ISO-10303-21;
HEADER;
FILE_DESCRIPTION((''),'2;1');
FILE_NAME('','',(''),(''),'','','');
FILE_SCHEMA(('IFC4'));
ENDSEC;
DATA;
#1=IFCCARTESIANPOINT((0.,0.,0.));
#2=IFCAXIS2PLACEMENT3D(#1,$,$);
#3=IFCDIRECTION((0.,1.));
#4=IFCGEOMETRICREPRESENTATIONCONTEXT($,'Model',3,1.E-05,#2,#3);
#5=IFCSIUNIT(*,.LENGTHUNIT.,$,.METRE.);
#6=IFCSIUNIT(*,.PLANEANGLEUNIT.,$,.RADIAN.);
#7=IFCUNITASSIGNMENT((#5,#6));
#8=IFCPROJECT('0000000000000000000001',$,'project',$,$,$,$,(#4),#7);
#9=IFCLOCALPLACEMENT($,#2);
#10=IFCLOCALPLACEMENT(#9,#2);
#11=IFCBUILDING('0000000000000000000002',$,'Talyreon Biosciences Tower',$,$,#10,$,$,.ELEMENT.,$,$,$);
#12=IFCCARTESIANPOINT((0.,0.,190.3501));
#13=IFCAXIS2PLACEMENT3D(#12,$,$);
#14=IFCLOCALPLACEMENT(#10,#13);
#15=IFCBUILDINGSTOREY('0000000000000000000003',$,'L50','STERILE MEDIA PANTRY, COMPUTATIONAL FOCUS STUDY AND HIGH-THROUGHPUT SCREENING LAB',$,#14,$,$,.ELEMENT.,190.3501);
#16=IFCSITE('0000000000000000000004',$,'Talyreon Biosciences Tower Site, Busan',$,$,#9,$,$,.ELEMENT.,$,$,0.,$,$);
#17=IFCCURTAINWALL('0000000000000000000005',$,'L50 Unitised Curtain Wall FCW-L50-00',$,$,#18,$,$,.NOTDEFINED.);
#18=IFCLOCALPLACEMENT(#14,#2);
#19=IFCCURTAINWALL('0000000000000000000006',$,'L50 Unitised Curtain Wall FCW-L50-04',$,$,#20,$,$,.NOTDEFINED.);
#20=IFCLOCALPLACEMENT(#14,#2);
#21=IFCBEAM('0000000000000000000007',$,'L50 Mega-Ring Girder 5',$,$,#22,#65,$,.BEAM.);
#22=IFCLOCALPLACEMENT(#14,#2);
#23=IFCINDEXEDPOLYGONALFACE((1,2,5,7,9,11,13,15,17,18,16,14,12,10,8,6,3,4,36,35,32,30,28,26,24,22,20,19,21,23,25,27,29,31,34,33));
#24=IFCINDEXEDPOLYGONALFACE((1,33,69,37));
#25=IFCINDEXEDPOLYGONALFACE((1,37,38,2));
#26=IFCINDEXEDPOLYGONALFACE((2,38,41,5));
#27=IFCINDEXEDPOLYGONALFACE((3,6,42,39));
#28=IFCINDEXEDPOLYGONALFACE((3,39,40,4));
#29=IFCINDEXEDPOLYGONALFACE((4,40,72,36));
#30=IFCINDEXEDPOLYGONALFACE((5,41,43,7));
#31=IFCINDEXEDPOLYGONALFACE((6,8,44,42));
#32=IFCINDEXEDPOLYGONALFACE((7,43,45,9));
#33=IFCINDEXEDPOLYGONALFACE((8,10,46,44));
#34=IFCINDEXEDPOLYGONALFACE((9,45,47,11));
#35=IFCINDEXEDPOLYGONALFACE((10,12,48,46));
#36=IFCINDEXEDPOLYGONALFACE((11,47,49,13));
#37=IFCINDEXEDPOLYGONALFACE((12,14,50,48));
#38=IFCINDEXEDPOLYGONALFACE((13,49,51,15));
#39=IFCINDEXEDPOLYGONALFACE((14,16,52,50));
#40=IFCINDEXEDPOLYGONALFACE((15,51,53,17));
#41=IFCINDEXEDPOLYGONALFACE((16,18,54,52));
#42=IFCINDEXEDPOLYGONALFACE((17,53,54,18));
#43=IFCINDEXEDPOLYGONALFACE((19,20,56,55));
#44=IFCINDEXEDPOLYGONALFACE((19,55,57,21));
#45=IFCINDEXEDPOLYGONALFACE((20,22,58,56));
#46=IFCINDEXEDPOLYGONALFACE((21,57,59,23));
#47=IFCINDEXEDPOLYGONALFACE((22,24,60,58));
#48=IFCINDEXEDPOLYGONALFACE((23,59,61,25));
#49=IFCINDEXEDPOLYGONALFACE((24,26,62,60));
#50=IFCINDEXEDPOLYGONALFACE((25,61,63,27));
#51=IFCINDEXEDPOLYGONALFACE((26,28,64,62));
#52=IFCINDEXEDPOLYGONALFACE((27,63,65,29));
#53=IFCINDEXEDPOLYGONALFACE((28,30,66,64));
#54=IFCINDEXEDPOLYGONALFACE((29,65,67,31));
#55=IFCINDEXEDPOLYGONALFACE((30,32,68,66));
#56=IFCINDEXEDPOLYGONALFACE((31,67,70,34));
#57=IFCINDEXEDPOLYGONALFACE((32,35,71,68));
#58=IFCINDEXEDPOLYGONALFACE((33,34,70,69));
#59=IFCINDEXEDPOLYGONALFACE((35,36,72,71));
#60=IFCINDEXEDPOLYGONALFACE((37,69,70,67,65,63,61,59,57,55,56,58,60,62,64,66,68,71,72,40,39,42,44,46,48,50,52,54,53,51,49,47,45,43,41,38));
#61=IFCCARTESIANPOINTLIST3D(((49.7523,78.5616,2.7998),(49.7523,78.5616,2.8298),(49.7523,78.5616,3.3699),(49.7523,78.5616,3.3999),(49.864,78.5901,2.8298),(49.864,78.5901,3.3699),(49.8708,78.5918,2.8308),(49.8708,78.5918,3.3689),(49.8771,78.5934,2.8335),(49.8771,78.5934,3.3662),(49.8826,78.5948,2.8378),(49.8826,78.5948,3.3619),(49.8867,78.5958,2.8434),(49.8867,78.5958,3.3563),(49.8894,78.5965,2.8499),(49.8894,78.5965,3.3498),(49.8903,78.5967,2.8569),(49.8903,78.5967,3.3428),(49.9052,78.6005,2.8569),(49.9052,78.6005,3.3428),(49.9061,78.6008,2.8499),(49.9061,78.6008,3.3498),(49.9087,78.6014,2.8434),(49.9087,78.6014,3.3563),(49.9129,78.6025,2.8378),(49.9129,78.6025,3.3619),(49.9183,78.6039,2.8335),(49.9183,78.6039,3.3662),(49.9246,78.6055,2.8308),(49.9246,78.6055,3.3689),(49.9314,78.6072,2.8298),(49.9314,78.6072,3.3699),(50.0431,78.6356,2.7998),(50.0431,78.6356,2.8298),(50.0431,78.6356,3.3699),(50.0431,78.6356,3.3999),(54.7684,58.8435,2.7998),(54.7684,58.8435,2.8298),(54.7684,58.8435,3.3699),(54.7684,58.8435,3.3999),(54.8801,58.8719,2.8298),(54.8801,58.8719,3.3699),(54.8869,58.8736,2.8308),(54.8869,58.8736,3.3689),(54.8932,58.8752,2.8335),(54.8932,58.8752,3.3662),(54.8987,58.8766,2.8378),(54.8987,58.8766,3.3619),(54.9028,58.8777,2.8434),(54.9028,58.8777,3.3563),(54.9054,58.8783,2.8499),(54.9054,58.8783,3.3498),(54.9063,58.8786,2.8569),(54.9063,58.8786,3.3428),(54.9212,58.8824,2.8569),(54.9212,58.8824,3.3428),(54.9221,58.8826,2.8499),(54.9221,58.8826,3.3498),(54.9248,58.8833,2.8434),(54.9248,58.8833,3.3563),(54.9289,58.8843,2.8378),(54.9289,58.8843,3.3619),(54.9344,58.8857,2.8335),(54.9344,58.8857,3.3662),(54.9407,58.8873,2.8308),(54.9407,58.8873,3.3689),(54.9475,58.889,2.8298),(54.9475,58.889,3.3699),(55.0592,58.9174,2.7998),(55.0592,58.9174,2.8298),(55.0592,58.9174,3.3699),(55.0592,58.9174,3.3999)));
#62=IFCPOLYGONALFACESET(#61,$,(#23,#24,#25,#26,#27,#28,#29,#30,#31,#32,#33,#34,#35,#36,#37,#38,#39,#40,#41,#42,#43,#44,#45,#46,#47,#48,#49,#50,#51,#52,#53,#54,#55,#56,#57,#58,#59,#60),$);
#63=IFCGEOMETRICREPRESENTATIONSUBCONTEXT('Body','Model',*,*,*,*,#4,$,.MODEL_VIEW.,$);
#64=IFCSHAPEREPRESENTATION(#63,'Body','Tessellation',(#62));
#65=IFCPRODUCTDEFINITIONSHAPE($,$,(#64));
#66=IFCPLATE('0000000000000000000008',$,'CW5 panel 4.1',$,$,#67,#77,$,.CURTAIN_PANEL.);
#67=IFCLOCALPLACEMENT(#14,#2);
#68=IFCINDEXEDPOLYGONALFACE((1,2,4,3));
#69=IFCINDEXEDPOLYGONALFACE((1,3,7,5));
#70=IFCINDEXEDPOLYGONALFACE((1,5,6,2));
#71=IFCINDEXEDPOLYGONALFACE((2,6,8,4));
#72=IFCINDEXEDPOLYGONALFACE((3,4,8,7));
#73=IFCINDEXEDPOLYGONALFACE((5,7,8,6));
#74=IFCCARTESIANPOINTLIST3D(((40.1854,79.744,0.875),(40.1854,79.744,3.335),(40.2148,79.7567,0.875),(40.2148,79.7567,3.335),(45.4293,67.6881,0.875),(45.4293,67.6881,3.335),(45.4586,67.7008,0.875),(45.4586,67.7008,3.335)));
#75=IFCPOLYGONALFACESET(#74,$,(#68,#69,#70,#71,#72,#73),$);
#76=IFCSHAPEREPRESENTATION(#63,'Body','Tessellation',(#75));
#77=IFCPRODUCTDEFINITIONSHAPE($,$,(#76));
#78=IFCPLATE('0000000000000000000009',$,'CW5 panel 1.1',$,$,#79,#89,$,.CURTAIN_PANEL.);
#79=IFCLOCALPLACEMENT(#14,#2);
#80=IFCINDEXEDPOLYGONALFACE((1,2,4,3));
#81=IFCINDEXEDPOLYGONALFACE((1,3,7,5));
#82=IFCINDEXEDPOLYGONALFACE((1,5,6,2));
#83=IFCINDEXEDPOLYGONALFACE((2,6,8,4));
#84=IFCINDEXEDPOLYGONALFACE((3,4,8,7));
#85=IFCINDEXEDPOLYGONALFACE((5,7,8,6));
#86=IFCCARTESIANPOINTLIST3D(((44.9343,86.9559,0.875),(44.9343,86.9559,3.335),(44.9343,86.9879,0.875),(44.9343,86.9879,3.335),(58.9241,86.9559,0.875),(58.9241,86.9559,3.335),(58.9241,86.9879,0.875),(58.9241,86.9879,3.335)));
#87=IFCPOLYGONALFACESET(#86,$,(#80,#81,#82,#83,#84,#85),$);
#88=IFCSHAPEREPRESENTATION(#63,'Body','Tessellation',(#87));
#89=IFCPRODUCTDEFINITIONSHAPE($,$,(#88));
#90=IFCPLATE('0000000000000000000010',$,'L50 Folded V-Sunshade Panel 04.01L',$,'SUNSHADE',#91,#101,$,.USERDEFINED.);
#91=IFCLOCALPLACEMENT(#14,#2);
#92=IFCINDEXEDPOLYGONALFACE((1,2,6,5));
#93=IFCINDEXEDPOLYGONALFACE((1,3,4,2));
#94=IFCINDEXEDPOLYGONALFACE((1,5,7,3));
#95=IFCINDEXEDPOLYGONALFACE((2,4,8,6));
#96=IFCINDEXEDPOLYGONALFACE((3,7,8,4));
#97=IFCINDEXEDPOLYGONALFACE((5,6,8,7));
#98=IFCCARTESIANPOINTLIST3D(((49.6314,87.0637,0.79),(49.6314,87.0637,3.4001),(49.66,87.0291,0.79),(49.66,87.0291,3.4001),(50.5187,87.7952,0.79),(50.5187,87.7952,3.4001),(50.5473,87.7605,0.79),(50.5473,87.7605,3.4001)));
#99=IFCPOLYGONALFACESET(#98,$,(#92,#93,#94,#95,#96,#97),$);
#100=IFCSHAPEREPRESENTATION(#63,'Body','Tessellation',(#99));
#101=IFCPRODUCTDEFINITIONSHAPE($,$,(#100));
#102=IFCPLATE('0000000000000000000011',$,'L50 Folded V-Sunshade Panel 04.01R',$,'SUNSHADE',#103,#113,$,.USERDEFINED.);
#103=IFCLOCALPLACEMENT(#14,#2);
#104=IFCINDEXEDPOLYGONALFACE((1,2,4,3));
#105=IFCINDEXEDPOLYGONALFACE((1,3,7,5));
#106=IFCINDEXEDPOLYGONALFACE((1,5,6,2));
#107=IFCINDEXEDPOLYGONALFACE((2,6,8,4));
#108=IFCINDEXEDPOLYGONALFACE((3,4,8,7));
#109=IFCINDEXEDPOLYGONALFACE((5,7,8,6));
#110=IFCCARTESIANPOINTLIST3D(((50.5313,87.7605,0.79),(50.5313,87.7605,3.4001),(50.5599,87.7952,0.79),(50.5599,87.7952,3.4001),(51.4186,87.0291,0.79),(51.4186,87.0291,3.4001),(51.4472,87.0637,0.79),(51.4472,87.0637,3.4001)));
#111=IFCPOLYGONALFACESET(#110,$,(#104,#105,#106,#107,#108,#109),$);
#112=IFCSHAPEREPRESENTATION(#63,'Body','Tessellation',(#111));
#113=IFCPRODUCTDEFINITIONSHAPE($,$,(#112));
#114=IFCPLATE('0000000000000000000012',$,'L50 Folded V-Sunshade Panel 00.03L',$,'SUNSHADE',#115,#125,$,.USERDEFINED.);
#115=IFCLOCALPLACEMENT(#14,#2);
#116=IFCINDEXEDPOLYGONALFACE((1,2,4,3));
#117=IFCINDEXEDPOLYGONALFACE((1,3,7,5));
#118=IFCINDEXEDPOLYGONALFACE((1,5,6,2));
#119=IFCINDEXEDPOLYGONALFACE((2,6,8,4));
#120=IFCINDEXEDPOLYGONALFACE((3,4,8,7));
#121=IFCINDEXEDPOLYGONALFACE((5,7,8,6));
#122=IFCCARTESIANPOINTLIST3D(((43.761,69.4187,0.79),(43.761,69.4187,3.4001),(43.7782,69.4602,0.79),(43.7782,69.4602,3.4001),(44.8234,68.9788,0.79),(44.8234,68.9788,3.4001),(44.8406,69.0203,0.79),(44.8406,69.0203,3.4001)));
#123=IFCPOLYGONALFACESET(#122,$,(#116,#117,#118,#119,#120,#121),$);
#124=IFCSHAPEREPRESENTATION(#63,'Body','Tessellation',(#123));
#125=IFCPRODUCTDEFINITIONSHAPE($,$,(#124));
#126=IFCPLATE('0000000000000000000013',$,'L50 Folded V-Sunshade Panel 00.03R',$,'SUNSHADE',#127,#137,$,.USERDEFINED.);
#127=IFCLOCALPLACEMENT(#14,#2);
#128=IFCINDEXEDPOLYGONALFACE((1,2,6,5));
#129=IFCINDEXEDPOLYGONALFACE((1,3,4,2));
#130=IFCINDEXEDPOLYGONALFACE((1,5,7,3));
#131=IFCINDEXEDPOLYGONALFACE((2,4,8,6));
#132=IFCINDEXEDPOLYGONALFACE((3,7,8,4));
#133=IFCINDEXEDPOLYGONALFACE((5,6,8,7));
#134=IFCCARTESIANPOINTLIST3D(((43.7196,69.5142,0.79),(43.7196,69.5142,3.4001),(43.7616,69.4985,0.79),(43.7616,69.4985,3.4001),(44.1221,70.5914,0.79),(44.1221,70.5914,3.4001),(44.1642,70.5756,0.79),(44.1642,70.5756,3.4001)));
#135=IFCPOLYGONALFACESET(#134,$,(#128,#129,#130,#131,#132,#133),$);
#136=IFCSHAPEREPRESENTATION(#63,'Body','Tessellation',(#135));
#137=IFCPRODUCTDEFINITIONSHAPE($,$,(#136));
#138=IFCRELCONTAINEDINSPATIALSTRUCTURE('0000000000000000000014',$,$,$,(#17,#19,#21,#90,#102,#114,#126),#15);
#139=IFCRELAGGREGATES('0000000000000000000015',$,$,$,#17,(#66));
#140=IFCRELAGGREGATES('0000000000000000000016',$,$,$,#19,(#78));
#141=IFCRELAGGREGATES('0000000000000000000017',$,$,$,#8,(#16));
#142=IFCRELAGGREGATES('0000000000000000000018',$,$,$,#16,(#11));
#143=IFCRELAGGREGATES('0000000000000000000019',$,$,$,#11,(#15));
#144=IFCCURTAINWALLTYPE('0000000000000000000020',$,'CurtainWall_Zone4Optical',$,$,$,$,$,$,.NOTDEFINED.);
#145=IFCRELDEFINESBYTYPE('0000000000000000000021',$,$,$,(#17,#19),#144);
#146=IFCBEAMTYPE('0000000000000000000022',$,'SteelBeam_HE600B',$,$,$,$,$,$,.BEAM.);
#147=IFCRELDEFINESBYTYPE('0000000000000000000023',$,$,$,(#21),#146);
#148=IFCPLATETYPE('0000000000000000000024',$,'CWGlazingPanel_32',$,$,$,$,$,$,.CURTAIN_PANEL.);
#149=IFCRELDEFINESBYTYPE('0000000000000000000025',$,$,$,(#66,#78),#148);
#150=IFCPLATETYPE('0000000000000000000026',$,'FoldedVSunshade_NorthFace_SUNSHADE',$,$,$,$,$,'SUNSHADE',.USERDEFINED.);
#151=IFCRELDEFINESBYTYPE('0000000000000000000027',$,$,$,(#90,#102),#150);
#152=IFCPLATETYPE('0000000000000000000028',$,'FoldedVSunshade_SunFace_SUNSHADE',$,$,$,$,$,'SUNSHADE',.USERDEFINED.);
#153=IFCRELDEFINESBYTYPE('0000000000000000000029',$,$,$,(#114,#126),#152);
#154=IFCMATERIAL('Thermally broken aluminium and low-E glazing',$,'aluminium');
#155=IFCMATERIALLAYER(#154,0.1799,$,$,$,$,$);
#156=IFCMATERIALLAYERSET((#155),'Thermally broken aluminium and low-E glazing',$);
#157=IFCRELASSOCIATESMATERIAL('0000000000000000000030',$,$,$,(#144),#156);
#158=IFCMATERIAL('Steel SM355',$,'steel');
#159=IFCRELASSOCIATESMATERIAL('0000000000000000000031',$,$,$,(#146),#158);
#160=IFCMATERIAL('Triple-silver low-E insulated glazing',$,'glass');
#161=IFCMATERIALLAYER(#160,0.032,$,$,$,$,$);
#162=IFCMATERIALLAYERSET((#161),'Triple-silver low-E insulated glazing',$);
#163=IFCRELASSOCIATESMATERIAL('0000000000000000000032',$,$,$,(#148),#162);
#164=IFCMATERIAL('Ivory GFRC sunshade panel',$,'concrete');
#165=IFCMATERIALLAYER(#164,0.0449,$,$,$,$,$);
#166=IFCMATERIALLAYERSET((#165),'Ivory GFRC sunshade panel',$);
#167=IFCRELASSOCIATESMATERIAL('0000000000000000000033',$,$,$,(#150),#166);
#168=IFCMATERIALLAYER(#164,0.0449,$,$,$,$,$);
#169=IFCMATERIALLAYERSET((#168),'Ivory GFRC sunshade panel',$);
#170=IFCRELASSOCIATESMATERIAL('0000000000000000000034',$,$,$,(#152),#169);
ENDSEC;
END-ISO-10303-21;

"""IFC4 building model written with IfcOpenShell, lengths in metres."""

from ifc_helpers import new_model, si_unit, direction, frame, origin, origin_2d, place, context, subcontext, project, spatial, rectangle, i_section, extrude, material, layer, layer_set, material_profile, profile_set, type_object, element, aggregate, save


model = new_model("IFC4")

# Units and contexts
model_context = context("Model", 3, precision=1e-05, world=origin(), true_north=direction((0.0, 1.0)))
body_context = subcontext(model_context, "Body", "Model", "MODEL_VIEW")
ifc_project = project(units=[si_unit("LENGTHUNIT", "METRE"), si_unit("PLANEANGLEUNIT", "RADIAN")], contexts=[model_context])

# Site, building, storey
site_placement = place(None, origin())
site = spatial("IfcSite", under=ifc_project, at=site_placement, Name="Talyreon Biosciences Tower Site, Busan", CompositionType="ELEMENT", RefElevation=0.0)
building_placement = place(site_placement, origin())
building = spatial("IfcBuilding", under=site, at=building_placement, Name="Talyreon Biosciences Tower", CompositionType="ELEMENT")
storey_placement = place(building_placement, frame((0.0, 0.0, 190.3501)))
storey = spatial("IfcBuildingStorey", under=building, at=storey_placement, Name="L50", Description="STERILE MEDIA PANTRY, COMPUTATIONAL FOCUS STUDY AND HIGH-THROUGHPUT SCREENING LAB", CompositionType="ELEMENT", Elevation=190.3501)

# Curtain wall
ifc_material_1 = material(Name="Thermally broken aluminium and low-E glazing", Category="aluminium")
ifc_layer_1 = layer(ifc_material_1, 0.1799)
ifc_layer_set_1 = layer_set([ifc_layer_1], Name="Thermally broken aluminium and low-E glazing")
curtain_wall_type = type_object("IfcCurtainWallType", Name="CurtainWall_Zone4Optical", PredefinedType="NOTDEFINED", material=ifc_layer_set_1)
curtain_wall_1_placement = place(storey_placement, origin())
curtain_wall_1 = element("IfcCurtainWall", 1, at=curtain_wall_1_placement, inside=storey, type_object=curtain_wall_type, Name="L50 Unitised Curtain Wall FCW-L50-00", PredefinedType="NOTDEFINED")

# Curtain wall
curtain_wall_2_placement = place(storey_placement, origin())
curtain_wall_2 = element("IfcCurtainWall", 2, at=curtain_wall_2_placement, inside=storey, type_object=curtain_wall_type, Name="L50 Unitised Curtain Wall FCW-L50-04", PredefinedType="NOTDEFINED")

# Beam
ifc_material_2 = material(Name="Steel SM355", Category="steel")
ifc_material_profile_1 = material_profile(ifc_material_2, i_section(OverallWidth=0.3, OverallDepth=0.6001, WebThickness=0.0154, FlangeThickness=0.03, FilletRadius=0.0271, at=origin_2d()), Name="HE600B")
ifc_profile_set_1 = profile_set([ifc_material_profile_1], Name="Steel SM355")
beam_type_1 = type_object("IfcBeamType", Name="SteelBeam_HE600B", PredefinedType="BEAM", material=ifc_profile_set_1)
beam_1_placement = place(storey_placement, frame((49.8977, 78.5986, 3.0999), z_axis=(0.246537, -0.969133, 0.0), x_axis=(0.969133, 0.246537, 0.0)))
element("IfcBeam", 3, at=beam_1_placement, inside=storey, type_object=beam_type_1, Name="L50 Mega-Ring Girder 5", PredefinedType="BEAM", context=body_context, shape_type="SweptSolid", body=[
    extrude(i_section(OverallWidth=0.3, OverallDepth=0.6001, WebThickness=0.0154, FlangeThickness=0.03, FilletRadius=0.0271, at=origin_2d()), origin(), (0.0, 0.0, 1.0), 20.3462),
])

# Plates
ifc_material_3 = material(Name="Triple-silver low-E insulated glazing", Category="glass")
ifc_layer_2 = layer(ifc_material_3, 0.032)
ifc_layer_set_2 = layer_set([ifc_layer_2], Name="Triple-silver low-E insulated glazing")
plate_type_1 = type_object("IfcPlateType", Name="CWGlazingPanel_32", PredefinedType="CURTAIN_PANEL", material=ifc_layer_set_2)
plate_1_placement = place(storey_placement, frame((42.822, 73.7224, 0.875), z_axis=(0.0, 0.0, 1.0), x_axis=(-0.398862, 0.917011, 0.0)))
plate_1 = element("IfcPlate", 4, at=plate_1_placement, type_object=plate_type_1, Name="CW5 panel 4.1", PredefinedType="CURTAIN_PANEL", context=body_context, shape_type="SweptSolid", body=[
    extrude(rectangle(XDim=13.147, YDim=0.032, at=origin_2d()), origin(), (0.0, 0.0, 1.0), 2.46),
])
aggregate(curtain_wall_1, [plate_1])
plate_2_placement = place(storey_placement, frame((51.9292, 86.9719, 0.875), z_axis=(0.0, 0.0, 1.0), x_axis=(1.0, 0.0, 0.0)))
plate_2 = element("IfcPlate", 5, at=plate_2_placement, type_object=plate_type_1, Name="CW5 panel 1.1", PredefinedType="CURTAIN_PANEL", context=body_context, shape_type="SweptSolid", body=[
    extrude(rectangle(XDim=13.9897, YDim=0.032, at=origin_2d()), origin(), (0.0, 0.0, 1.0), 2.46),
])
aggregate(curtain_wall_2, [plate_2])

# Plates
ifc_material_4 = material(Name="Ivory GFRC sunshade panel", Category="concrete")
ifc_layer_3 = layer(ifc_material_4, 0.0449)
ifc_layer_set_3 = layer_set([ifc_layer_3], Name="Ivory GFRC sunshade panel")
plate_type_2 = type_object("IfcPlateType", Name="FoldedVSunshade_NorthFace_SUNSHADE", ElementType="SUNSHADE", PredefinedType="USERDEFINED", material=ifc_layer_set_3)
for number, where, z_axis, x_axis, name in (
    (6, (50.0894, 87.4121, 0.79), (0.0, 0.0, 1.0), (0.771625, 0.636078, 0.0), "L50 Folded V-Sunshade Panel 04.01L"),
    (7, (50.9893, 87.4121, 0.79), (0.0, 0.0, 1.0), (0.771625, -0.636078, 0.0), "L50 Folded V-Sunshade Panel 04.01R"),
):
    element("IfcPlate", number, at=place(storey_placement, frame(where, z_axis=z_axis, x_axis=x_axis)), inside=storey, type_object=plate_type_2, Name=name, ObjectType="SUNSHADE", PredefinedType="USERDEFINED", context=body_context, shape_type="SweptSolid", body=[
        extrude(rectangle(XDim=1.1499, YDim=0.0449, at=origin_2d()), origin(), (0.0, 0.0, 1.0), 2.6101),
    ])
ifc_layer_4 = layer(ifc_material_4, 0.0449)
ifc_layer_set_4 = layer_set([ifc_layer_4], Name="Ivory GFRC sunshade panel")
plate_type_3 = type_object("IfcPlateType", Name="FoldedVSunshade_SunFace_SUNSHADE", ElementType="SUNSHADE", PredefinedType="USERDEFINED", material=ifc_layer_set_4)
for number, where, z_axis, x_axis, name in (
    (8, (44.3008, 69.2195, 0.79), (0.0, 0.0, 1.0), (-0.923926, 0.382571, 0.0), "L50 Folded V-Sunshade Panel 00.03L"),
    (9, (43.9419, 70.0449, 0.79), (0.0, 0.0, 1.0), (0.350093, 0.936715, 0.0), "L50 Folded V-Sunshade Panel 00.03R"),
):
    element("IfcPlate", number, at=place(storey_placement, frame(where, z_axis=z_axis, x_axis=x_axis)), inside=storey, type_object=plate_type_3, Name=name, ObjectType="SUNSHADE", PredefinedType="USERDEFINED", context=body_context, shape_type="SweptSolid", body=[
        extrude(rectangle(XDim=1.1499, YDim=0.0449, at=origin_2d()), origin(), (0.0, 0.0, 1.0), 2.6101),
    ])

save(model, "model.ifc")
